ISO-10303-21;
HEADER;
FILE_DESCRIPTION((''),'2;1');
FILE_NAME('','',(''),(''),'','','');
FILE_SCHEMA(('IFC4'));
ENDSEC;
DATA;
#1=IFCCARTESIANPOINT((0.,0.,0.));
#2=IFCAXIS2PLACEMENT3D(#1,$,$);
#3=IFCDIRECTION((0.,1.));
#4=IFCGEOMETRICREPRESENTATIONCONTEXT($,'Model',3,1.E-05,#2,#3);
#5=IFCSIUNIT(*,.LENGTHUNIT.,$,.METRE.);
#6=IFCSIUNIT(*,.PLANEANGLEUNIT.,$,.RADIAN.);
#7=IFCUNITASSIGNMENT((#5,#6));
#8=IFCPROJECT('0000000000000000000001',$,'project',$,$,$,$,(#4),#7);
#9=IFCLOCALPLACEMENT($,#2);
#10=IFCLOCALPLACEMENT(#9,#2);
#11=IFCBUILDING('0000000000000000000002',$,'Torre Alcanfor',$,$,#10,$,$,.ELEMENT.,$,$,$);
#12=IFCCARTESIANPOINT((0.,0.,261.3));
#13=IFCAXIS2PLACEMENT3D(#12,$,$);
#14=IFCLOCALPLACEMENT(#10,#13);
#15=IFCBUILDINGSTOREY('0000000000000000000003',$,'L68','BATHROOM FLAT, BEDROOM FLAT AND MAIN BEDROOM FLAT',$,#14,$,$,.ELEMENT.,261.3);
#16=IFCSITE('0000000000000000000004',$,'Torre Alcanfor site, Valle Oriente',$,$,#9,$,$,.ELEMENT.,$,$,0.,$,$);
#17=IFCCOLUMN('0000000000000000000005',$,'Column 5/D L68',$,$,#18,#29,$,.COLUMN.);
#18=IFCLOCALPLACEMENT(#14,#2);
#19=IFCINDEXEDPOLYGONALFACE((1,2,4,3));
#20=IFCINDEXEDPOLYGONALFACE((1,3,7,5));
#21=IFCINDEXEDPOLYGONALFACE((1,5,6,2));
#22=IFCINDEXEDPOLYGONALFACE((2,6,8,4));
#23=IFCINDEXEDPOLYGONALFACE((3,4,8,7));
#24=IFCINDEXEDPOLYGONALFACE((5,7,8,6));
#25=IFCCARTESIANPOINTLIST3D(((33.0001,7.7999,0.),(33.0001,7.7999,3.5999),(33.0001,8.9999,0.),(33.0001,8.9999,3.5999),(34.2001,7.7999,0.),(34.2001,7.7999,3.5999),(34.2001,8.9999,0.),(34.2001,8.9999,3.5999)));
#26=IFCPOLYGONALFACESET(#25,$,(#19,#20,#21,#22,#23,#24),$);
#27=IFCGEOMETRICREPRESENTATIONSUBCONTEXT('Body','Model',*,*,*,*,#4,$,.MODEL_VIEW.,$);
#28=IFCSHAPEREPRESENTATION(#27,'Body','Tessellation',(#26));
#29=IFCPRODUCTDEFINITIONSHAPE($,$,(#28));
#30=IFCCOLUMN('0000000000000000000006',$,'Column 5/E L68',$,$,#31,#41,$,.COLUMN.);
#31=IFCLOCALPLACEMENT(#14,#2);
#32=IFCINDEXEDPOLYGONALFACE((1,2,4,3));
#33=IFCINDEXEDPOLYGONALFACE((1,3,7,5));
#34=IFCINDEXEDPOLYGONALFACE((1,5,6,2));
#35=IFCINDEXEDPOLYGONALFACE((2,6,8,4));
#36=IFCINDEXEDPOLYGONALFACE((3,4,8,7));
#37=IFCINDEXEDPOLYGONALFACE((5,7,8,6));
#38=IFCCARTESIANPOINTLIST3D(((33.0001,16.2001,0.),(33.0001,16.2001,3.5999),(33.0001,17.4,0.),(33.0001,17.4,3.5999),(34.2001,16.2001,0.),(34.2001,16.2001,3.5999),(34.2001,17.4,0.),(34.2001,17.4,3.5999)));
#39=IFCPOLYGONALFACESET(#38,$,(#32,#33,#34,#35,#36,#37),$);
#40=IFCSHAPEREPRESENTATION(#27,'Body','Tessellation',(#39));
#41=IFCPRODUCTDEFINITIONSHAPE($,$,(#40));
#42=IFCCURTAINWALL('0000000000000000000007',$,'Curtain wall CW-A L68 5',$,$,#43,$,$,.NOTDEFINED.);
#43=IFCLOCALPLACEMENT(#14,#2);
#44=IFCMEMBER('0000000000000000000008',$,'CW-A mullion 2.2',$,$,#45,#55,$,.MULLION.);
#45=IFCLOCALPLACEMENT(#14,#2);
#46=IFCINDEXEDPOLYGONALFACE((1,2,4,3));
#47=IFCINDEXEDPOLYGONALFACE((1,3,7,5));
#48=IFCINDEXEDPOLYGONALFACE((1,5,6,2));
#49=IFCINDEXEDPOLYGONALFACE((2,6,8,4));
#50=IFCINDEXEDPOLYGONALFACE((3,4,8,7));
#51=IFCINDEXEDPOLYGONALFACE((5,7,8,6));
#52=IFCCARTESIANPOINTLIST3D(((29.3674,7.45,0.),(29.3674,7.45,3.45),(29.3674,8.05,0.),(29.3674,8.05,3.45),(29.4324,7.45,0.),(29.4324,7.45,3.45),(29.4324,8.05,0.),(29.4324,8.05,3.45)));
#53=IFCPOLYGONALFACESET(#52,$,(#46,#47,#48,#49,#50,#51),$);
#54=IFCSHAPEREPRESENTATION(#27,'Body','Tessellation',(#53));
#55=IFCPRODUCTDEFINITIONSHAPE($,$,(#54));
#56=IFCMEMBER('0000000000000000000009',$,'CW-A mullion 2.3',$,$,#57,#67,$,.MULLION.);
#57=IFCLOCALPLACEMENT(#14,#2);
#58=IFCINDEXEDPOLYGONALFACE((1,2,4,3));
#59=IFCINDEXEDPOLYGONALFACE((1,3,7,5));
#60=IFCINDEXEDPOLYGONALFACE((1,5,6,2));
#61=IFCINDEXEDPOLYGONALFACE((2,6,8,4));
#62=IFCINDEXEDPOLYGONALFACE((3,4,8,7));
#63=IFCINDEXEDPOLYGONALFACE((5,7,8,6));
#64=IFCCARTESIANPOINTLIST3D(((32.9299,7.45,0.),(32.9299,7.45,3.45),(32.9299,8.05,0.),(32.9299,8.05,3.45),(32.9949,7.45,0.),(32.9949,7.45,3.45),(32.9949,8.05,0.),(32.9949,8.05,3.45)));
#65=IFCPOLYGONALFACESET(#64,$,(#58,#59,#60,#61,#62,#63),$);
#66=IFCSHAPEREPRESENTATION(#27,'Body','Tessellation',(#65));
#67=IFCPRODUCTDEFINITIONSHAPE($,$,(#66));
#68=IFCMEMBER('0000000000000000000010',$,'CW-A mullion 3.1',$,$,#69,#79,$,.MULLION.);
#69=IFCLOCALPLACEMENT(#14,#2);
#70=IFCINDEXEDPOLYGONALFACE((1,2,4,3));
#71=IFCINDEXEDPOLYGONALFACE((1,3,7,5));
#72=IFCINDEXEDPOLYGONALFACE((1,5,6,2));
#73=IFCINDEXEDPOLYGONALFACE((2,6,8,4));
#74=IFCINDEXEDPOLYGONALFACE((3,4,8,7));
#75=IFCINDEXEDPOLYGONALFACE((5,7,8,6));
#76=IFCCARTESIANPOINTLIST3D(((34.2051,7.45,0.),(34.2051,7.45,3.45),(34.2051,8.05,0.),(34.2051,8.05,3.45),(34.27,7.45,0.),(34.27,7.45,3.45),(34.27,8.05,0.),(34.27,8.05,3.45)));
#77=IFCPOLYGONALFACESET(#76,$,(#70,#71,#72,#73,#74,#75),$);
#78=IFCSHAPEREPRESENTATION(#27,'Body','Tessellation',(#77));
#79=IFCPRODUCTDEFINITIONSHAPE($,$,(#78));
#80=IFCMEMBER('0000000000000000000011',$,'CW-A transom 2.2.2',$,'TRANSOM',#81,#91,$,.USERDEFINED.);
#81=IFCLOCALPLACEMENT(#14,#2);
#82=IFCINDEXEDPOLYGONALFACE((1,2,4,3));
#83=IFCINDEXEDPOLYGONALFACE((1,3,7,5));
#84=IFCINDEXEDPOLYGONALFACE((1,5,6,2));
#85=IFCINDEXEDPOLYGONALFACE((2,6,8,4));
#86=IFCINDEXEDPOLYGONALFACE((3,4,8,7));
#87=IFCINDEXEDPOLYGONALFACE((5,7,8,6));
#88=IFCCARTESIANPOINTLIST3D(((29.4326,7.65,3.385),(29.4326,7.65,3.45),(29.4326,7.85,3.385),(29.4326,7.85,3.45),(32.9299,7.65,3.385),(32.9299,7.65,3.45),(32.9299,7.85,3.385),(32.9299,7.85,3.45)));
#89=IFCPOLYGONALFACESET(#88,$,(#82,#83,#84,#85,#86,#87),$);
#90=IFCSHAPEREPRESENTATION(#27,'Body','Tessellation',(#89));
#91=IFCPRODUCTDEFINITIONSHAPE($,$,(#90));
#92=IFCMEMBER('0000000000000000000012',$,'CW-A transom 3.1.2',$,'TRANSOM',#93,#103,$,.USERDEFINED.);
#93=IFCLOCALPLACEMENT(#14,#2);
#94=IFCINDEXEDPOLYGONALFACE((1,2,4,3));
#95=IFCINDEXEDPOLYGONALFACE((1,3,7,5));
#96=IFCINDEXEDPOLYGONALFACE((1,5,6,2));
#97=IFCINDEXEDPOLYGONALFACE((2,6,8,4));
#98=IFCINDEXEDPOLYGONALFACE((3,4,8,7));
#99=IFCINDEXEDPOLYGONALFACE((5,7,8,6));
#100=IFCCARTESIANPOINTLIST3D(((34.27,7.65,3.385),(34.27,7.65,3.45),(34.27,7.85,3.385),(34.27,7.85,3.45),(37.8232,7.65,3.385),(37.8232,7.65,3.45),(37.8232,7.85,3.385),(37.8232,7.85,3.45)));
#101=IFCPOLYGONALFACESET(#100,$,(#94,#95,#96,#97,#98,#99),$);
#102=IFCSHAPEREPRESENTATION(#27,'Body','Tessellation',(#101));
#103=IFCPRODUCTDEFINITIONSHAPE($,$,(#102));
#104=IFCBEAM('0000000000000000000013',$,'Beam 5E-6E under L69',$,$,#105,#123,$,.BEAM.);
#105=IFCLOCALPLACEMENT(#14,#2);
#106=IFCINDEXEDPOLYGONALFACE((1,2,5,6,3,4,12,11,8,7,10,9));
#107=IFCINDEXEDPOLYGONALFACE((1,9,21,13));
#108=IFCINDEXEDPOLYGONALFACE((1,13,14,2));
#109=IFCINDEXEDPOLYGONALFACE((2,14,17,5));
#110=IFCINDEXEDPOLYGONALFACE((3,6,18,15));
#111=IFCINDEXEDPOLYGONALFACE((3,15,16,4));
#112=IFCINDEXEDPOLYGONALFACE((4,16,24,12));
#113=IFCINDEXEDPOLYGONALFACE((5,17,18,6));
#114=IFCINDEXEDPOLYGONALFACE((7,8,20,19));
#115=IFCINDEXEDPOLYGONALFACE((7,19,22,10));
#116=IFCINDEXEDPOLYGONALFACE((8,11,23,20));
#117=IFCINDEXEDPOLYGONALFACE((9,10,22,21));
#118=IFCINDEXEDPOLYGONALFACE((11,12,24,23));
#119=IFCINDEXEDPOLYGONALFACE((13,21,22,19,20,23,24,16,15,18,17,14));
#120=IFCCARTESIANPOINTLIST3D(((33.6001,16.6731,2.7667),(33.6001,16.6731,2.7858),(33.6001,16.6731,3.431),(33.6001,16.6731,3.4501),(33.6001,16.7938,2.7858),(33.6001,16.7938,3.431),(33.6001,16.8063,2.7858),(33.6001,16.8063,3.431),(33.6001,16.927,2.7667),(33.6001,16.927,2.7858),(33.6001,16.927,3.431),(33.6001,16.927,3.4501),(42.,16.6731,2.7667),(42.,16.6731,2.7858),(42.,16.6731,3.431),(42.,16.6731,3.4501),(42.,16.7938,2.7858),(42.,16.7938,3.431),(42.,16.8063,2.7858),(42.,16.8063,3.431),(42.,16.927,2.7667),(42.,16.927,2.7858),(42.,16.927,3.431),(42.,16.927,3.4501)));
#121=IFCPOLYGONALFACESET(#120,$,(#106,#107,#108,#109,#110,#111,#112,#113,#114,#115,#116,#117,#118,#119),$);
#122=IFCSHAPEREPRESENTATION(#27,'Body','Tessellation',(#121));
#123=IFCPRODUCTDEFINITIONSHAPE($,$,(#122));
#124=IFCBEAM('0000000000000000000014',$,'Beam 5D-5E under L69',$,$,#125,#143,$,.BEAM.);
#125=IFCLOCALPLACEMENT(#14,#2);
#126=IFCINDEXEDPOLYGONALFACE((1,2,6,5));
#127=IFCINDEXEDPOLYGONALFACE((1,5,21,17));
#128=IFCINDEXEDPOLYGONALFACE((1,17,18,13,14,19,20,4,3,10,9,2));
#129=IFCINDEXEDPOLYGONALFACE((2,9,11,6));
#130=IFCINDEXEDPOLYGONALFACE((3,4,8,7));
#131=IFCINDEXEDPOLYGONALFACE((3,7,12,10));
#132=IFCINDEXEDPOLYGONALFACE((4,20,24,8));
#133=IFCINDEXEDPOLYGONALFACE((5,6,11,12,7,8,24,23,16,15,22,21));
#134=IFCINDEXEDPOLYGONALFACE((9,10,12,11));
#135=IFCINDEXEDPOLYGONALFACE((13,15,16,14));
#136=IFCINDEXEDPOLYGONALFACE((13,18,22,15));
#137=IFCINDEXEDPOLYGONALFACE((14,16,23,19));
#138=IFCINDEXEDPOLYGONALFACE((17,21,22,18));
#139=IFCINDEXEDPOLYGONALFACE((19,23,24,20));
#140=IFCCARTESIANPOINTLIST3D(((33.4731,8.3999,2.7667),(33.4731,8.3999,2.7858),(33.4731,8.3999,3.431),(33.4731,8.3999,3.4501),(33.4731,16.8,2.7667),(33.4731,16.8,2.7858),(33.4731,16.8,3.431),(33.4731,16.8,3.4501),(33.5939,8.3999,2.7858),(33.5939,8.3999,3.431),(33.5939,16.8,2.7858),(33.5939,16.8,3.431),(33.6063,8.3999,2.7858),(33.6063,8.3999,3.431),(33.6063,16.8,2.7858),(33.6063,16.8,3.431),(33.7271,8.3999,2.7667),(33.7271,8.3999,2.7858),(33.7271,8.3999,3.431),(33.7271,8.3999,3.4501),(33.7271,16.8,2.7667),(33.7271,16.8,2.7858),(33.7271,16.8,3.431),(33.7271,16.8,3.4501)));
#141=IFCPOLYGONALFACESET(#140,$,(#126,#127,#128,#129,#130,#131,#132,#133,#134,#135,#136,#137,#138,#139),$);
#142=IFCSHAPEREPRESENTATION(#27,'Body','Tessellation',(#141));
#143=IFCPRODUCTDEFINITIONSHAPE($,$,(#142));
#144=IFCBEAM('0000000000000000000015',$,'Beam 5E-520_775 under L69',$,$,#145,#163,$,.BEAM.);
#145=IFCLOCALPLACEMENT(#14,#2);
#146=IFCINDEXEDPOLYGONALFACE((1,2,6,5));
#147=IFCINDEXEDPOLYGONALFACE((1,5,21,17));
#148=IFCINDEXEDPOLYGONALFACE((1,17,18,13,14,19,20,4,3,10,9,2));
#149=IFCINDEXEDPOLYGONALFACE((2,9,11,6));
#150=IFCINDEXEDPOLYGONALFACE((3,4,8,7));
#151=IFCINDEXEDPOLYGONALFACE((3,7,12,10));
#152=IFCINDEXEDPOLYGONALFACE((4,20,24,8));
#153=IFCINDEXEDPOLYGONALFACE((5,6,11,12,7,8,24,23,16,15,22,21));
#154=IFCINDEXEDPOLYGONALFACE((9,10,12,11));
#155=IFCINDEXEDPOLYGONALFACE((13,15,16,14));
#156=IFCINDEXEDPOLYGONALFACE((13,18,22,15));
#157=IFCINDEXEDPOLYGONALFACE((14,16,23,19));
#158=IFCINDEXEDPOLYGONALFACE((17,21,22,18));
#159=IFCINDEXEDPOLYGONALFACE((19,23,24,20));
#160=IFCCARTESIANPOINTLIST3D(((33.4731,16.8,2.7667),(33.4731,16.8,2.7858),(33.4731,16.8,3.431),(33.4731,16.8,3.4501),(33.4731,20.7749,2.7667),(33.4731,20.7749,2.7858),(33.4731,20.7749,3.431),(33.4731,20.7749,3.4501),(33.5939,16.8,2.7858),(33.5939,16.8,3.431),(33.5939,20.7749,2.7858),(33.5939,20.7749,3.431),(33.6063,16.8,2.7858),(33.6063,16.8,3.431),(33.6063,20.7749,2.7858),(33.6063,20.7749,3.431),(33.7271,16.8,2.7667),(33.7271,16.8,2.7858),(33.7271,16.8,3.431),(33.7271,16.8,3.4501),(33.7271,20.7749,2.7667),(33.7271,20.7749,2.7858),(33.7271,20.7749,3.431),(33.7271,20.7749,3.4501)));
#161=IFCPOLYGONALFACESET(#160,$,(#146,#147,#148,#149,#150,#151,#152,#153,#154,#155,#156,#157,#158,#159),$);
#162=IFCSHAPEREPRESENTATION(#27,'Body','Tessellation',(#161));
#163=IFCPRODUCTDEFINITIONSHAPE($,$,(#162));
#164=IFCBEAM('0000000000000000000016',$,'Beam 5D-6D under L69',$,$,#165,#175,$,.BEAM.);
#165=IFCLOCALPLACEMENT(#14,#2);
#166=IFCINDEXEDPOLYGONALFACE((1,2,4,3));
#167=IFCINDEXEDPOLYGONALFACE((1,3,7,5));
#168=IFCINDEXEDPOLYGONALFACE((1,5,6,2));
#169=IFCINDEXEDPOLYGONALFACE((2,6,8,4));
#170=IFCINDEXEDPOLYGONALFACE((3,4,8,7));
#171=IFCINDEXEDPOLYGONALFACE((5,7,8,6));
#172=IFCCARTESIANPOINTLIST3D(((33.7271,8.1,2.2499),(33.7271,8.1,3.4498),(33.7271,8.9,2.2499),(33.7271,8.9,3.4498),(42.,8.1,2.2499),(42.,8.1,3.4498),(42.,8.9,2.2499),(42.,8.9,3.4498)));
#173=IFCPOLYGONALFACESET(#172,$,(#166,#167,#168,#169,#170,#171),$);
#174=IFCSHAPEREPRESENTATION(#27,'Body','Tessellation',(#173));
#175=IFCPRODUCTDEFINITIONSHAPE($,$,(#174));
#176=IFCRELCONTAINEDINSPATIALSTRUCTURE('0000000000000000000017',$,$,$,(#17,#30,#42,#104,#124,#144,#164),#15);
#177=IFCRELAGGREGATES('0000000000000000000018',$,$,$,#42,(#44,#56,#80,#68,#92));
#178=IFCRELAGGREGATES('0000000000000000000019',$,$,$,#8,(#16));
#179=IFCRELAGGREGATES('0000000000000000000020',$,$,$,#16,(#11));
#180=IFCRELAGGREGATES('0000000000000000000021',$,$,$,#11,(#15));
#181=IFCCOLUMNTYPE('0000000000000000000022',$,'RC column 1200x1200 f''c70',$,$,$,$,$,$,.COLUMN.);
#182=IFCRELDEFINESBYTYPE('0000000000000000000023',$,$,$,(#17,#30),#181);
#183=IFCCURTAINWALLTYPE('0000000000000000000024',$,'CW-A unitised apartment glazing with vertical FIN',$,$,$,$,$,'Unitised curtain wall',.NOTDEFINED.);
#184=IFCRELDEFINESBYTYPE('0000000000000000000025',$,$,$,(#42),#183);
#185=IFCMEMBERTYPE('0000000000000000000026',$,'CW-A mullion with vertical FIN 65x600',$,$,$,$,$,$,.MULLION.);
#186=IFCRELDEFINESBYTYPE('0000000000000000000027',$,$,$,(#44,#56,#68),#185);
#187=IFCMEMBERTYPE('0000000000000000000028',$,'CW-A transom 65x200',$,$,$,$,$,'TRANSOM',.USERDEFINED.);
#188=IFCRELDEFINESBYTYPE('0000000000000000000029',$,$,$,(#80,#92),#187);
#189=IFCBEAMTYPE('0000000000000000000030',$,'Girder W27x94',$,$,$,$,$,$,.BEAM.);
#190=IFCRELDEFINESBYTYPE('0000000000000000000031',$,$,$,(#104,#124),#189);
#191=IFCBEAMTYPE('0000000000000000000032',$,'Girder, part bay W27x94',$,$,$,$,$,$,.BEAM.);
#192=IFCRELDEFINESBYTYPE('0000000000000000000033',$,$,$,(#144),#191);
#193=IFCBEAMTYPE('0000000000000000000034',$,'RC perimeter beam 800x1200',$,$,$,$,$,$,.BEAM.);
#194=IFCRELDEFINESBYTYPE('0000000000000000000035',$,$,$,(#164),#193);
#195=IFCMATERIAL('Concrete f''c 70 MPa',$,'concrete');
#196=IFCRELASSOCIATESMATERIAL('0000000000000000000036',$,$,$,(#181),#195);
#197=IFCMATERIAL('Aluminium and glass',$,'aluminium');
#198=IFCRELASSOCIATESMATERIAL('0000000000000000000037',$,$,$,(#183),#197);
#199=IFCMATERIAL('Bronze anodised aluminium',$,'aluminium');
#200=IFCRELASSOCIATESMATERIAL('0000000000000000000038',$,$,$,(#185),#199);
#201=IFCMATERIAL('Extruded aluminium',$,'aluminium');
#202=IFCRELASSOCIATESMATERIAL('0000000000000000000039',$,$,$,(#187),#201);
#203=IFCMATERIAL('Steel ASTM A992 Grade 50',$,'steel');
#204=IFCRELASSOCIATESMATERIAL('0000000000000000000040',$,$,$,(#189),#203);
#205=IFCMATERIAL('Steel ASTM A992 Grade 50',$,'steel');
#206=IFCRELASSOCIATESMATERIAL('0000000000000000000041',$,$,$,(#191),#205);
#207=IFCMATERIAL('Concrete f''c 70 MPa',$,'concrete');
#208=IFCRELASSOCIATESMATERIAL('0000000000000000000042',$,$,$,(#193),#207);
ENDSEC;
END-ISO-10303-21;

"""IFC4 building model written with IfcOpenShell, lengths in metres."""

from ifc_helpers import new_model, si_unit, direction, frame, origin, origin_2d, place, context, subcontext, project, spatial, rectangle, i_section, extrude, material, material_profile, profile_set, type_object, element, aggregate, save


model = new_model("IFC4")

# Units and contexts
model_context = context("Model", 3, precision=1e-05, world=origin(), true_north=direction((0.0, 1.0)))
body_context = subcontext(model_context, "Body", "Model", "MODEL_VIEW")
ifc_project = project(units=[si_unit("LENGTHUNIT", "METRE"), si_unit("PLANEANGLEUNIT", "RADIAN")], contexts=[model_context])

# Site, building, storey
site_placement = place(None, origin())
site = spatial("IfcSite", under=ifc_project, at=site_placement, Name="Torre Alcanfor site, Valle Oriente", CompositionType="ELEMENT", RefElevation=0.0)
building_placement = place(site_placement, origin())
building = spatial("IfcBuilding", under=site, at=building_placement, Name="Torre Alcanfor", CompositionType="ELEMENT")
storey_placement = place(building_placement, frame((0.0, 0.0, 261.3)))
storey = spatial("IfcBuildingStorey", under=building, at=storey_placement, Name="L68", Description="BATHROOM FLAT, BEDROOM FLAT AND MAIN BEDROOM FLAT", CompositionType="ELEMENT", Elevation=261.3)

# Columns
ifc_material_1 = material(Name="Concrete f'c 70 MPa", Category="concrete")
ifc_material_profile_1 = material_profile(ifc_material_1, rectangle(XDim=1.2, YDim=1.2, at=origin_2d()), Name="1200x1200")
ifc_profile_set_1 = profile_set([ifc_material_profile_1], Name="Concrete f'c 70 MPa")
column_type = type_object("IfcColumnType", Name="RC column 1200x1200 f'c70", PredefinedType="COLUMN", material=ifc_profile_set_1)
for number, where, z_axis, x_axis, name in (
    (1, (33.6001, 8.3999, 0.0), (0.0, 0.0, 1.0), (1.0, 0.0, 0.0), "Column 5/D L68"),
    (2, (33.6001, 16.8, 0.0), (0.0, 0.0, 1.0), (1.0, 0.0, 0.0), "Column 5/E L68"),
):
    element("IfcColumn", number, at=place(storey_placement, frame(where, z_axis=z_axis, x_axis=x_axis)), inside=storey, type_object=column_type, Name=name, PredefinedType="COLUMN", context=body_context, shape_type="SweptSolid", body=[
        extrude(rectangle(XDim=1.2, YDim=1.2, at=origin_2d()), origin(), (0.0, 0.0, 1.0), 3.5999),
    ])

# Curtain wall, members
ifc_material_2 = material(Name="Aluminium and glass", Category="aluminium")
curtain_wall_type = type_object("IfcCurtainWallType", Name="CW-A unitised apartment glazing with vertical FIN", ElementType="Unitised curtain wall", PredefinedType="NOTDEFINED", material=ifc_material_2)
curtain_wall_placement = place(storey_placement, origin())
curtain_wall = element("IfcCurtainWall", 3, at=curtain_wall_placement, inside=storey, type_object=curtain_wall_type, Name="Curtain wall CW-A L68 5", PredefinedType="NOTDEFINED")
ifc_material_3 = material(Name="Bronze anodised aluminium", Category="aluminium")
ifc_material_profile_2 = material_profile(ifc_material_3, rectangle(XDim=0.6001, YDim=0.0649, at=origin_2d()), Name="CW-A mullion 65x600")
ifc_profile_set_2 = profile_set([ifc_material_profile_2], Name="Bronze anodised aluminium")
member_type_1 = type_object("IfcMemberType", Name="CW-A mullion with vertical FIN 65x600", PredefinedType="MULLION", material=ifc_profile_set_2)
member_1_placement = place(storey_placement, frame((29.3999, 7.75, 0.0), z_axis=(0.0, 0.0, 1.0), x_axis=(0.0, 1.0, 0.0)))
member_1 = element("IfcMember", 4, at=member_1_placement, type_object=member_type_1, Name="CW-A mullion 2.2", PredefinedType="MULLION", context=body_context, shape_type="SweptSolid", body=[
    extrude(rectangle(XDim=0.6001, YDim=0.0649, at=origin_2d()), origin(), (0.0, 0.0, 1.0), 3.45),
])
member_2_placement = place(storey_placement, frame((32.9624, 7.75, 0.0), z_axis=(0.0, 0.0, 1.0), x_axis=(0.0, 1.0, 0.0)))
member_2 = element("IfcMember", 5, at=member_2_placement, type_object=member_type_1, Name="CW-A mullion 2.3", PredefinedType="MULLION", context=body_context, shape_type="SweptSolid", body=[
    extrude(rectangle(XDim=0.6001, YDim=0.0649, at=origin_2d()), origin(), (0.0, 0.0, 1.0), 3.45),
])
member_3_placement = place(storey_placement, frame((34.2375, 7.75, 0.0), z_axis=(0.0, 0.0, 1.0), x_axis=(0.0, 1.0, 0.0)))
member_3 = element("IfcMember", 6, at=member_3_placement, type_object=member_type_1, Name="CW-A mullion 3.1", PredefinedType="MULLION", context=body_context, shape_type="SweptSolid", body=[
    extrude(rectangle(XDim=0.6001, YDim=0.0649, at=origin_2d()), origin(), (0.0, 0.0, 1.0), 3.45),
])
ifc_material_4 = material(Name="Extruded aluminium", Category="aluminium")
ifc_material_profile_3 = material_profile(ifc_material_4, rectangle(XDim=0.2, YDim=0.0649, at=origin_2d()), Name="CW-A transom 200x65")
ifc_profile_set_3 = profile_set([ifc_material_profile_3], Name="Extruded aluminium")
member_type_2 = type_object("IfcMemberType", Name="CW-A transom 65x200", ElementType="TRANSOM", PredefinedType="USERDEFINED", material=ifc_profile_set_3)
member_4_placement = place(storey_placement, frame((29.4326, 7.75, 3.4175), z_axis=(1.0, 0.0, 0.0), x_axis=(0.0, 1.0, 0.0)))
member_4 = element("IfcMember", 7, at=member_4_placement, type_object=member_type_2, Name="CW-A transom 2.2.2", ObjectType="TRANSOM", PredefinedType="USERDEFINED", context=body_context, shape_type="SweptSolid", body=[
    extrude(rectangle(XDim=0.2, YDim=0.0649, at=origin_2d()), origin(), (0.0, 0.0, 1.0), 3.4973),
])
member_5_placement = place(storey_placement, frame((34.27, 7.75, 3.4175), z_axis=(1.0, 0.0, 0.0), x_axis=(0.0, 1.0, 0.0)))
member_5 = element("IfcMember", 8, at=member_5_placement, type_object=member_type_2, Name="CW-A transom 3.1.2", ObjectType="TRANSOM", PredefinedType="USERDEFINED", context=body_context, shape_type="SweptSolid", body=[
    extrude(rectangle(XDim=0.2, YDim=0.0649, at=origin_2d()), origin(), (0.0, 0.0, 1.0), 3.5532),
])

# Beams
ifc_material_5 = material(Name="Steel ASTM A992 Grade 50", Category="steel")
ifc_material_profile_4 = material_profile(ifc_material_5, i_section(OverallWidth=0.2539, OverallDepth=0.6833, WebThickness=0.0125, FlangeThickness=0.019, at=origin_2d()), Name="W27x94")
ifc_profile_set_4 = profile_set([ifc_material_profile_4], Name="Steel ASTM A992 Grade 50")
beam_type_1 = type_object("IfcBeamType", Name="Girder W27x94", PredefinedType="BEAM", material=ifc_profile_set_4)
beam_1_placement = place(storey_placement, frame((33.6001, 16.8, 3.1084), z_axis=(1.0, 0.0, 0.0), x_axis=(0.0, 1.0, 0.0)))
element("IfcBeam", 9, at=beam_1_placement, inside=storey, type_object=beam_type_1, Name="Beam 5E-6E under L69", PredefinedType="BEAM", context=body_context, shape_type="SweptSolid", body=[
    extrude(i_section(OverallWidth=0.2539, OverallDepth=0.6833, WebThickness=0.0125, FlangeThickness=0.019, at=origin_2d()), origin(), (0.0, 0.0, 1.0), 8.3999),
])
beam_2_placement = place(storey_placement, frame((33.6001, 8.3999, 3.1084), z_axis=(0.0, 1.0, 0.0), x_axis=(-1.0, 0.0, 0.0)))
element("IfcBeam", 10, at=beam_2_placement, inside=storey, type_object=beam_type_1, Name="Beam 5D-5E under L69", PredefinedType="BEAM", context=body_context, shape_type="SweptSolid", body=[
    extrude(i_section(OverallWidth=0.2539, OverallDepth=0.6833, WebThickness=0.0125, FlangeThickness=0.019, at=origin_2d()), origin(), (0.0, 0.0, 1.0), 8.4001),
])
ifc_material_6 = material(Name="Steel ASTM A992 Grade 50", Category="steel")
ifc_material_profile_5 = material_profile(ifc_material_6, i_section(OverallWidth=0.2539, OverallDepth=0.6833, WebThickness=0.0125, FlangeThickness=0.019, at=origin_2d()), Name="W27x94")
ifc_profile_set_5 = profile_set([ifc_material_profile_5], Name="Steel ASTM A992 Grade 50")
beam_type_2 = type_object("IfcBeamType", Name="Girder, part bay W27x94", PredefinedType="BEAM", material=ifc_profile_set_5)
beam_3_placement = place(storey_placement, frame((33.6001, 16.8, 3.1084), z_axis=(0.0, 1.0, 0.0), x_axis=(-1.0, 0.0, 0.0)))
element("IfcBeam", 11, at=beam_3_placement, inside=storey, type_object=beam_type_2, Name="Beam 5E-520_775 under L69", PredefinedType="BEAM", context=body_context, shape_type="SweptSolid", body=[
    extrude(i_section(OverallWidth=0.2539, OverallDepth=0.6833, WebThickness=0.0125, FlangeThickness=0.019, at=origin_2d()), origin(), (0.0, 0.0, 1.0), 3.9749),
])
ifc_material_7 = material(Name="Concrete f'c 70 MPa", Category="concrete")
ifc_material_profile_6 = material_profile(ifc_material_7, rectangle(XDim=0.8, YDim=1.2, at=origin_2d()), Name="800x1200")
ifc_profile_set_6 = profile_set([ifc_material_profile_6], Name="Concrete f'c 70 MPa")
beam_type_3 = type_object("IfcBeamType", Name="RC perimeter beam 800x1200", PredefinedType="BEAM", material=ifc_profile_set_6)
beam_4_placement = place(storey_placement, frame((33.7271, 8.5, 2.8499), z_axis=(1.0, 0.0, 0.0), x_axis=(0.0, 1.0, 0.0)))
element("IfcBeam", 12, at=beam_4_placement, inside=storey, type_object=beam_type_3, Name="Beam 5D-6D under L69", PredefinedType="BEAM", context=body_context, shape_type="SweptSolid", body=[
    extrude(rectangle(XDim=0.8, YDim=1.2, at=origin_2d()), origin(), (0.0, 0.0, 1.0), 8.2729),
])

aggregate(curtain_wall, [member_1, member_2, member_4, member_3, member_5])

save(model, "model.ifc")
